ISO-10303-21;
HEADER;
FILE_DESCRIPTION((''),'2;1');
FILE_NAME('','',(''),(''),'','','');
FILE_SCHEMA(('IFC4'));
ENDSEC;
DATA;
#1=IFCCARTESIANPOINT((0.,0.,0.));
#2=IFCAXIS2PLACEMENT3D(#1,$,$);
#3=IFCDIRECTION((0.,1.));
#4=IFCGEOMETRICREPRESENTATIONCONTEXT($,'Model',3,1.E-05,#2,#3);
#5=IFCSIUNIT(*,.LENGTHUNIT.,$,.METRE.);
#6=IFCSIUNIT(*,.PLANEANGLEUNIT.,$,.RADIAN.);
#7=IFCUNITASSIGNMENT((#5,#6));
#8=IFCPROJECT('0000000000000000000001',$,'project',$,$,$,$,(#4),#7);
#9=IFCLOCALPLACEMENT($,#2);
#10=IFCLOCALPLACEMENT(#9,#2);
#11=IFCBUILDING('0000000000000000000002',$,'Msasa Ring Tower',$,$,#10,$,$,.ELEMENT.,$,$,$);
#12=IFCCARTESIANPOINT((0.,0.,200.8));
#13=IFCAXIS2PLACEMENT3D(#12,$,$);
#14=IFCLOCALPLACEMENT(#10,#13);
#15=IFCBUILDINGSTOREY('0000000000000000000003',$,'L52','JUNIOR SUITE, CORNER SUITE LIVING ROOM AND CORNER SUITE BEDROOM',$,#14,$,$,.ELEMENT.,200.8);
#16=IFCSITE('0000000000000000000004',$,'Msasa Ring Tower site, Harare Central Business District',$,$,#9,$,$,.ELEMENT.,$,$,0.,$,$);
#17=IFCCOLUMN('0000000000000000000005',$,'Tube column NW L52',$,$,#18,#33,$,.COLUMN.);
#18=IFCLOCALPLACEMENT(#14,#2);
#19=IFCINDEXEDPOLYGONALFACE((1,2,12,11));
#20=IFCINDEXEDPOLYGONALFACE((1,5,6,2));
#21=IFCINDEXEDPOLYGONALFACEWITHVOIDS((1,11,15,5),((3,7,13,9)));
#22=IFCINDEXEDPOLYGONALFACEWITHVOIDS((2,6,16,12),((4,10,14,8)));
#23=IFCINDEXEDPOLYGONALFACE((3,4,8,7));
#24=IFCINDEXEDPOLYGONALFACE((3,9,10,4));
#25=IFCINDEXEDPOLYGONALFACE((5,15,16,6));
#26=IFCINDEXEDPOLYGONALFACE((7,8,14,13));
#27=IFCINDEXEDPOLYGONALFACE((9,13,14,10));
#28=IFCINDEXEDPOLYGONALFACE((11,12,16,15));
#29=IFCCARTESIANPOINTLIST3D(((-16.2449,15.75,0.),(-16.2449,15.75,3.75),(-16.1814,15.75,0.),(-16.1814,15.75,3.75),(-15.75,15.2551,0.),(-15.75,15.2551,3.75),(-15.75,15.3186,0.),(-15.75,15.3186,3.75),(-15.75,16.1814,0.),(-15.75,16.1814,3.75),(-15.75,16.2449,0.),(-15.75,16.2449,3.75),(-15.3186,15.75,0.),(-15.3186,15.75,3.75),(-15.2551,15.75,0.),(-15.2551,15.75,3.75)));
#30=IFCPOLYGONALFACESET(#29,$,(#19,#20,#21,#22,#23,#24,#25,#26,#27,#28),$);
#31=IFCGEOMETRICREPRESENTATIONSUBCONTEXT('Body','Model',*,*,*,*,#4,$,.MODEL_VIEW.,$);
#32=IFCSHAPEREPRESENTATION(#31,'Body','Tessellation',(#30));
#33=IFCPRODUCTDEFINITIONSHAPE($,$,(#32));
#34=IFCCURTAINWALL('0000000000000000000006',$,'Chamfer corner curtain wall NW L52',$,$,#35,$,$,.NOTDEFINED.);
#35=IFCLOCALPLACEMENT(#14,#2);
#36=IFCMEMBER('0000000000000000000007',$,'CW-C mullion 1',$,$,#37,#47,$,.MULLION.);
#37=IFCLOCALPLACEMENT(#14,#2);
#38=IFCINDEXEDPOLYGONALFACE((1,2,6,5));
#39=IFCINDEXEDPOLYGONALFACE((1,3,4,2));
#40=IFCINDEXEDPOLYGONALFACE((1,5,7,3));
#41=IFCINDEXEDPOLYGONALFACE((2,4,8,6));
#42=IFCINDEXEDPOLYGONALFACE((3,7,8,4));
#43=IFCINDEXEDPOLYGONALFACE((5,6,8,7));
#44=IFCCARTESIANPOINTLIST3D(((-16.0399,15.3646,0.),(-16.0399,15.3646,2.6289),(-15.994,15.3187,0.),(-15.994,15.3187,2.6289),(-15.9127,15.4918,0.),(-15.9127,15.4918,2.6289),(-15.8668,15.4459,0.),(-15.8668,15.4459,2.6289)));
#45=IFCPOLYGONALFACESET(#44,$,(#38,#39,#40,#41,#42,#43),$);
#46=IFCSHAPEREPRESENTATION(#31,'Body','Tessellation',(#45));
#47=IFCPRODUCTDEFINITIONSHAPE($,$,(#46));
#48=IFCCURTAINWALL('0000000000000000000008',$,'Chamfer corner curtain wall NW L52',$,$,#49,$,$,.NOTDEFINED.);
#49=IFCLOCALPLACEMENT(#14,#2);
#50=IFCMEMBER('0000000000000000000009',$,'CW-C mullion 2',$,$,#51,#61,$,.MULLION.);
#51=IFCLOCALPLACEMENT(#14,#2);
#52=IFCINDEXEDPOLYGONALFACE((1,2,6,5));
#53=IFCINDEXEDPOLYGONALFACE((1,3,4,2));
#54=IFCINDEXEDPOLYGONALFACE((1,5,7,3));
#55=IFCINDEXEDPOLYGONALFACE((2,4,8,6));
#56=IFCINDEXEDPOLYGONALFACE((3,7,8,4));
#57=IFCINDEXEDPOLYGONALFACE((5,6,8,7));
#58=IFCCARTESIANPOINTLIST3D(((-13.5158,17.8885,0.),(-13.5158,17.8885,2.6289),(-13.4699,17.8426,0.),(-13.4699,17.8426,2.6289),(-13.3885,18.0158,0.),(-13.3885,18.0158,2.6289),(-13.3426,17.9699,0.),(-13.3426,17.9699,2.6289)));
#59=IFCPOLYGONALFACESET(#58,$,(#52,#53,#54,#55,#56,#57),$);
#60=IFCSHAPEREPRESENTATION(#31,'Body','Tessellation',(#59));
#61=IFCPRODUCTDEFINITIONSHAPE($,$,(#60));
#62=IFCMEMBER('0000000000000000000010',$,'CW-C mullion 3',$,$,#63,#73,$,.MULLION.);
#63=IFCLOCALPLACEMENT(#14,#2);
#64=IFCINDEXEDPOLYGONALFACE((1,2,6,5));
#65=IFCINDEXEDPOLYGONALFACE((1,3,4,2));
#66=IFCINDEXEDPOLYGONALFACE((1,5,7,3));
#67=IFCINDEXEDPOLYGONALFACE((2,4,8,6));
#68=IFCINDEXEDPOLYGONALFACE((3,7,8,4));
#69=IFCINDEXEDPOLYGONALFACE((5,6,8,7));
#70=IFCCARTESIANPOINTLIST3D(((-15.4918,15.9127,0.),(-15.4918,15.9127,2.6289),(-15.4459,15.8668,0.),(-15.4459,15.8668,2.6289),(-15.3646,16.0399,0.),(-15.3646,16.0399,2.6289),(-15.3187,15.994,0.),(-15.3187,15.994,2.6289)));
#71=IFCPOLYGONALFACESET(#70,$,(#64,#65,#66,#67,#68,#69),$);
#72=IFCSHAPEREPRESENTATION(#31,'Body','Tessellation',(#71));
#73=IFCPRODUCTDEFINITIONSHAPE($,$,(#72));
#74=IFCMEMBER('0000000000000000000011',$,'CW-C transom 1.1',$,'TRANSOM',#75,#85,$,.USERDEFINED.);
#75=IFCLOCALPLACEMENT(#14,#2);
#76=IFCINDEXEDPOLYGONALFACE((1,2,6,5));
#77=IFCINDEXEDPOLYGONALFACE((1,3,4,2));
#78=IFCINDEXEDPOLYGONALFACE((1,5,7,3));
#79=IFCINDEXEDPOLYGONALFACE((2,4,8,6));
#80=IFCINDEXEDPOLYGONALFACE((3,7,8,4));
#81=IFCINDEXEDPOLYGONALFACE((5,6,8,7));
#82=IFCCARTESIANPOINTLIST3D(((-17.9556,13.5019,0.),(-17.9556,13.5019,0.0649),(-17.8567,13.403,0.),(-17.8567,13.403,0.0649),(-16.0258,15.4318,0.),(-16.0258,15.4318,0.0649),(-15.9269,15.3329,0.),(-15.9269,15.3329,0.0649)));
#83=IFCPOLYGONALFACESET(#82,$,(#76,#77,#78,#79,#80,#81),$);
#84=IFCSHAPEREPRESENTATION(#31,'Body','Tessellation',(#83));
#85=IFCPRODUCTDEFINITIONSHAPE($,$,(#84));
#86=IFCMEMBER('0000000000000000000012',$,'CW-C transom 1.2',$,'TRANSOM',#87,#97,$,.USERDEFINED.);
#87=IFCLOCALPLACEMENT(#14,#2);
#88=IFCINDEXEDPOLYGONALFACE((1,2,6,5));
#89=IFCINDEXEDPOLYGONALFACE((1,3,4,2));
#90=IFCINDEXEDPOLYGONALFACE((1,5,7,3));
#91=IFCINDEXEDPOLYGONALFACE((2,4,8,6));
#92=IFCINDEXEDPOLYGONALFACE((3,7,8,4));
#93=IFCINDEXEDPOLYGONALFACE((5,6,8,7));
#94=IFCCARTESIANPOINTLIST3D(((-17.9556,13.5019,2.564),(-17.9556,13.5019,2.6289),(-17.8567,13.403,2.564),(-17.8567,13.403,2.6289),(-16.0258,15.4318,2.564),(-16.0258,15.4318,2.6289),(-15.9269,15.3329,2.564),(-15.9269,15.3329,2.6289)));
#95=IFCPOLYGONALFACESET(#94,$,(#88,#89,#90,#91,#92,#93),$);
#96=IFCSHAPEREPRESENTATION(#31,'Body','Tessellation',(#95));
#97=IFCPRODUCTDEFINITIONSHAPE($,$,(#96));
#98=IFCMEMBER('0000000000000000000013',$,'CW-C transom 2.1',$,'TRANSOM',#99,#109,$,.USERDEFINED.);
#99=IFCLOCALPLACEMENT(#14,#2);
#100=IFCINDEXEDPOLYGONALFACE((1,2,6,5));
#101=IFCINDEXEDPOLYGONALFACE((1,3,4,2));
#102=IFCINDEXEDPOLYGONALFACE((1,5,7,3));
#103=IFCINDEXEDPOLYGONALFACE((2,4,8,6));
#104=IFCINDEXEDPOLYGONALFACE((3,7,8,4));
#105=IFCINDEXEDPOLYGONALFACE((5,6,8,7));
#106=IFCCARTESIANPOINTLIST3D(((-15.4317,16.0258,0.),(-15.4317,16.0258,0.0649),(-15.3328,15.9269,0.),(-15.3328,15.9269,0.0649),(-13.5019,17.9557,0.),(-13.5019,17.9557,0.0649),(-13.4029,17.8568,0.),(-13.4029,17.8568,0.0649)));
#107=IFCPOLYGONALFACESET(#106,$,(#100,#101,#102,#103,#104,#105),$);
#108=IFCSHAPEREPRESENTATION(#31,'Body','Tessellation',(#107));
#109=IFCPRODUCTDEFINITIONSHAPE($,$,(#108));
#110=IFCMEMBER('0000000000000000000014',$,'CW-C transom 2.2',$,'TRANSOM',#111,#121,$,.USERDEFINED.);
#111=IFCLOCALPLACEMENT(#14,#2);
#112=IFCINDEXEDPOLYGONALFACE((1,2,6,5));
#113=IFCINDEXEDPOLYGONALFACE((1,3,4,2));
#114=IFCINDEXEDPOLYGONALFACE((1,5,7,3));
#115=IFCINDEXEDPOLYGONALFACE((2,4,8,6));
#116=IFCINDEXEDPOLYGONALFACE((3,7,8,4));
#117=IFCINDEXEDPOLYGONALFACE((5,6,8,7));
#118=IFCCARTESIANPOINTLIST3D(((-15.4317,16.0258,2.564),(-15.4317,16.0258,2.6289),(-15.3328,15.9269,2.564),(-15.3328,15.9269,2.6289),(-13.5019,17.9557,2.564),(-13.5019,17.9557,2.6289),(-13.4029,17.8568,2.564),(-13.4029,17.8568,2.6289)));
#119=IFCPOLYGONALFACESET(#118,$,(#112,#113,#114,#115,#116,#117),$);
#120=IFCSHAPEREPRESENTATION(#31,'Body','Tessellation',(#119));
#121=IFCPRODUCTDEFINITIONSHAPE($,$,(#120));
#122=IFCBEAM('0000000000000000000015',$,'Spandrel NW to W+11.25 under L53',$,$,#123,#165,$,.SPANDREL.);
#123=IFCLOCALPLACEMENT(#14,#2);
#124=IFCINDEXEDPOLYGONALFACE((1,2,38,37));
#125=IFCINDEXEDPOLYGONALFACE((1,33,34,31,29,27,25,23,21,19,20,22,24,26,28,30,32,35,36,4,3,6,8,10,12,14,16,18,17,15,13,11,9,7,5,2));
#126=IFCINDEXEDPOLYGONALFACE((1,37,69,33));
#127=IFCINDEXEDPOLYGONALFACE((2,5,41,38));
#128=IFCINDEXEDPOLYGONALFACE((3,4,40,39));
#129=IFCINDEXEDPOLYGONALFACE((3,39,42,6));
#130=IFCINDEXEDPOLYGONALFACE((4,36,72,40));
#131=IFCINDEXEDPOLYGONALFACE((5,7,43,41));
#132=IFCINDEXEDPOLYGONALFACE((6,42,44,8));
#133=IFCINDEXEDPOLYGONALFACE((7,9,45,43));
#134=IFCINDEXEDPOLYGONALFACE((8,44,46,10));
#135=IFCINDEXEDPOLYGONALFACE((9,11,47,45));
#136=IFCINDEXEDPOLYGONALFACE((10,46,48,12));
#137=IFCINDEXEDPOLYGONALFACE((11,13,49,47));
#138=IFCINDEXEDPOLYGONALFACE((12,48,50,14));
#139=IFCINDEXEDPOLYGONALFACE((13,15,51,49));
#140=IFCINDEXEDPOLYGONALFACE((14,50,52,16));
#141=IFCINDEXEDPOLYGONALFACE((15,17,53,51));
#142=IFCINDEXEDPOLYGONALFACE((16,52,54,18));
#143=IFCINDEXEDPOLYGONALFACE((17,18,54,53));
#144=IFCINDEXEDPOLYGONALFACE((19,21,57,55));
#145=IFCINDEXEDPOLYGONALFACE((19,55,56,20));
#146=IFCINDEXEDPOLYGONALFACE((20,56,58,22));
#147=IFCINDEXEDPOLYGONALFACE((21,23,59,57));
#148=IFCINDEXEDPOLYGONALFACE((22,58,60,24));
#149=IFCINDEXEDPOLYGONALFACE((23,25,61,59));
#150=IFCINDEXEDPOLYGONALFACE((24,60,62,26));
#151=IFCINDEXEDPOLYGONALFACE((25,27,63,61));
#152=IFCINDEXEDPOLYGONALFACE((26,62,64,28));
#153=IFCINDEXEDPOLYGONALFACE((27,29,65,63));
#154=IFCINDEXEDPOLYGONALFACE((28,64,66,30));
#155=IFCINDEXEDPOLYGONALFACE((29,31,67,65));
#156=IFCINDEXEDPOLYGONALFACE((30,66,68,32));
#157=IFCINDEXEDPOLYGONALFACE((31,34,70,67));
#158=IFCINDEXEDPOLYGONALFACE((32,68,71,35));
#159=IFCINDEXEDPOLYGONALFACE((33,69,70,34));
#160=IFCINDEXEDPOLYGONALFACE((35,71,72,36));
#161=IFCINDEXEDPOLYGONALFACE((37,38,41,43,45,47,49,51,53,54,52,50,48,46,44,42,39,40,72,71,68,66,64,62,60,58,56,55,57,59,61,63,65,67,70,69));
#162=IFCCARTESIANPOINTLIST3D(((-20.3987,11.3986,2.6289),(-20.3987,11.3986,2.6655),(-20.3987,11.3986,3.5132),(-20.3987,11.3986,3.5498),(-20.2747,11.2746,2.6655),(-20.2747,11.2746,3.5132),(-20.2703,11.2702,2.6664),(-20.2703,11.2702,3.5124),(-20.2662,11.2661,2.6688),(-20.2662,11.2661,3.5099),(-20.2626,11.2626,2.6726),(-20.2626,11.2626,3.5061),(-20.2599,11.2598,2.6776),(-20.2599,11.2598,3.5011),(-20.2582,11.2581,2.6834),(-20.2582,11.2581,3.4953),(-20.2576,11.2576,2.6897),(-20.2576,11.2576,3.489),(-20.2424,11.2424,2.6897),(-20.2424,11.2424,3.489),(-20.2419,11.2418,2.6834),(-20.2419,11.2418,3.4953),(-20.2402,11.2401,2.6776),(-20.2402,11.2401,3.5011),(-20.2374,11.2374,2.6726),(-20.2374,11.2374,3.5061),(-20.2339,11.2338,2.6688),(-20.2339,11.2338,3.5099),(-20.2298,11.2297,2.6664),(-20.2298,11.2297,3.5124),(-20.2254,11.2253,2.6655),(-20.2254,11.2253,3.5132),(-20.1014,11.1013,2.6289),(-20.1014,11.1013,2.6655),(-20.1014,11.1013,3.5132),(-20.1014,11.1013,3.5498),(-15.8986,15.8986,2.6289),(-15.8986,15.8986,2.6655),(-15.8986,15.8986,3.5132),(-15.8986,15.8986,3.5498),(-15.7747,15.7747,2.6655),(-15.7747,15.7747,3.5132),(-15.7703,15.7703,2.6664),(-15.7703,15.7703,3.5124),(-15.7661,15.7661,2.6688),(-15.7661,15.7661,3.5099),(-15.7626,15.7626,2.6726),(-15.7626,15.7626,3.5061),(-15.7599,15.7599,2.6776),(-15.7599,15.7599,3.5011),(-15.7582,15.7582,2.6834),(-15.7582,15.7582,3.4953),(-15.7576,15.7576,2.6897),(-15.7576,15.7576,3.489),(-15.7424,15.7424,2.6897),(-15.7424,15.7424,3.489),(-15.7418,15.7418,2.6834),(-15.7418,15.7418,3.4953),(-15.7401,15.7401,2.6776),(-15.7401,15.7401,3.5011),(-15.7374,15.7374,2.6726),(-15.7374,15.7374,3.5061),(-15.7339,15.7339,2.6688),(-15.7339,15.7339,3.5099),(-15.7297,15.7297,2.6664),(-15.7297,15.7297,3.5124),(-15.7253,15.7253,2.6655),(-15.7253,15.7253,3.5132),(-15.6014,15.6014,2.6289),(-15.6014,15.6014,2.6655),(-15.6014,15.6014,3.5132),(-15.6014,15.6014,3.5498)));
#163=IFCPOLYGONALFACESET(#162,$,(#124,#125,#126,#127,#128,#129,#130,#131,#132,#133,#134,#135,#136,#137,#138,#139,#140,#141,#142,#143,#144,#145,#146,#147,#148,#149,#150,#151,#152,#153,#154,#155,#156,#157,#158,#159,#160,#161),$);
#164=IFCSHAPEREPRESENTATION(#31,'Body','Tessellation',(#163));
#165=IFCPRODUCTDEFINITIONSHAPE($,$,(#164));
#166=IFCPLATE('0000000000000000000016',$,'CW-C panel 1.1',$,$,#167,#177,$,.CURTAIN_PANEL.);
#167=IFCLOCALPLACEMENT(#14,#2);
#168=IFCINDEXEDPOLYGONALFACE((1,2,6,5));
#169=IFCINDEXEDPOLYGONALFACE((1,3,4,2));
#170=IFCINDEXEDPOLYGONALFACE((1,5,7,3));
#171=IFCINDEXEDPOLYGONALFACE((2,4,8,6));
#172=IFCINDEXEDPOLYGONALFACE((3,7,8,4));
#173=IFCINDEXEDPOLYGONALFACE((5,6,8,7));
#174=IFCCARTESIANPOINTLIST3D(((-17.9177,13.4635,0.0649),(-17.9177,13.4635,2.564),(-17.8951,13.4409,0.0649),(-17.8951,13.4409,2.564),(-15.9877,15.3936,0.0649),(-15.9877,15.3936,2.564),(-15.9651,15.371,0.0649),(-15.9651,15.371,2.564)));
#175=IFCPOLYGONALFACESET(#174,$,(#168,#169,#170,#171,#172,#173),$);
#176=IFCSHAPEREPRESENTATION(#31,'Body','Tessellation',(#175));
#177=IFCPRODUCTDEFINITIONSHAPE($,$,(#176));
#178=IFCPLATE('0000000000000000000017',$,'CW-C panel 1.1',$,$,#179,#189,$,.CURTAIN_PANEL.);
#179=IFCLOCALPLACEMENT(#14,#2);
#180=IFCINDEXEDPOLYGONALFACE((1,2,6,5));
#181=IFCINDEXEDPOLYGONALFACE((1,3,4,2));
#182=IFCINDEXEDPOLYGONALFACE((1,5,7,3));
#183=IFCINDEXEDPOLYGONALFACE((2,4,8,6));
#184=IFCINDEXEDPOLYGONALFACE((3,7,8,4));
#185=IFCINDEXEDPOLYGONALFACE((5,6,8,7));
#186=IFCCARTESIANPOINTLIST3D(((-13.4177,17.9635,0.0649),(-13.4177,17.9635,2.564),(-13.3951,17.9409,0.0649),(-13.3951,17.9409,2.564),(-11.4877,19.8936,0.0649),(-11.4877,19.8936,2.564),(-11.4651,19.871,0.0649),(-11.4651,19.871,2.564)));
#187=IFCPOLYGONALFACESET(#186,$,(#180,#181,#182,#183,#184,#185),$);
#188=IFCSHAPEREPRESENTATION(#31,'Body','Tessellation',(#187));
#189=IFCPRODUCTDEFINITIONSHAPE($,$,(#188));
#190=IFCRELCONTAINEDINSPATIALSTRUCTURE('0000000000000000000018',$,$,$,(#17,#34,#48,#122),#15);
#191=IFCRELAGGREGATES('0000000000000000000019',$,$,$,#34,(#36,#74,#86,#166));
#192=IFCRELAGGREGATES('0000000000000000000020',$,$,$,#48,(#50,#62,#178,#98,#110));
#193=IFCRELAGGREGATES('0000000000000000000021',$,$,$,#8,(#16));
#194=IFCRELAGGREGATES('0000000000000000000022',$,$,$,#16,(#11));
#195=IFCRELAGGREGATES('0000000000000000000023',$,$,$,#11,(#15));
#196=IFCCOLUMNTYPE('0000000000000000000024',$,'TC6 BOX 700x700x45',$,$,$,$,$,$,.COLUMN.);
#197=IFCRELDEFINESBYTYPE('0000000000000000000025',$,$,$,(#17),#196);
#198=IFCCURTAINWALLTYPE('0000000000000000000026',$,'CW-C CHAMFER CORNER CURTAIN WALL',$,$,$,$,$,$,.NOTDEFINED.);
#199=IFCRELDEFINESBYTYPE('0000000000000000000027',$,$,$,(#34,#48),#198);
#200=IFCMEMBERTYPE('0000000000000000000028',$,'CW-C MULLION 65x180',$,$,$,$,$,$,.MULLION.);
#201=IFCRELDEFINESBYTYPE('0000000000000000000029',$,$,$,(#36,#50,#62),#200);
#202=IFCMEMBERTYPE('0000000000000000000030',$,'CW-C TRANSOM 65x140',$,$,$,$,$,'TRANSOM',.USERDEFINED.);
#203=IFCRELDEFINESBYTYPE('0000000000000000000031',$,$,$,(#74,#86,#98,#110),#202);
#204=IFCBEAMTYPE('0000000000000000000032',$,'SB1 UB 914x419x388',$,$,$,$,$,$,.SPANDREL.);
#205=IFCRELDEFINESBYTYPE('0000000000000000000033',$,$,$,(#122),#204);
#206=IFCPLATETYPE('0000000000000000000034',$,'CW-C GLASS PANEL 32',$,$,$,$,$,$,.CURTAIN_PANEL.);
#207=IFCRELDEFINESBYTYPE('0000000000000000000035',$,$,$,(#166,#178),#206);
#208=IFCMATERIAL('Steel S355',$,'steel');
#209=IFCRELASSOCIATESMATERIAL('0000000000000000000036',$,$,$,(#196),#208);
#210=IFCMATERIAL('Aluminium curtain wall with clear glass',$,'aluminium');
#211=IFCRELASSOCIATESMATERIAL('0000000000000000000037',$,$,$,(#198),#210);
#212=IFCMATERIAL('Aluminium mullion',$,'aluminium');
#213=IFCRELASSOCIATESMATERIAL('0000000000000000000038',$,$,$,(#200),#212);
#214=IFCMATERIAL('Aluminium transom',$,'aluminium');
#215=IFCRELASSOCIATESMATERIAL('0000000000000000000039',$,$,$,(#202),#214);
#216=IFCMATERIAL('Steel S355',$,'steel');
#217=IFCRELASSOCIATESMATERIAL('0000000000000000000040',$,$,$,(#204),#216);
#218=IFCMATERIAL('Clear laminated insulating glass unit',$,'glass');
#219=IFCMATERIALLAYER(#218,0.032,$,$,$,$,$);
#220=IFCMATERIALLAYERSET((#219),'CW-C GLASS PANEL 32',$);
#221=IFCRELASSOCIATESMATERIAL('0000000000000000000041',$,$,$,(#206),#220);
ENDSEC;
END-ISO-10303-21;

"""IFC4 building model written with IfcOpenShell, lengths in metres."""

from ifc_helpers import new_model, si_unit, direction, frame, origin, origin_2d, place, context, subcontext, project, spatial, rectangle, hollow_rectangle, i_section, extrude, material, layer, layer_set, material_profile, profile_set, type_object, element, aggregate, save


model = new_model("IFC4")

# Units and contexts
model_context = context("Model", 3, precision=1e-05, world=origin(), true_north=direction((0.0, 1.0)))
body_context = subcontext(model_context, "Body", "Model", "MODEL_VIEW")
ifc_project = project(units=[si_unit("LENGTHUNIT", "METRE"), si_unit("PLANEANGLEUNIT", "RADIAN")], contexts=[model_context])

# Site, building, storey
site_placement = place(None, origin())
site = spatial("IfcSite", under=ifc_project, at=site_placement, Name="Msasa Ring Tower site, Harare Central Business District", CompositionType="ELEMENT", RefElevation=0.0)
building_placement = place(site_placement, origin())
building = spatial("IfcBuilding", under=site, at=building_placement, Name="Msasa Ring Tower", CompositionType="ELEMENT")
storey_placement = place(building_placement, frame((0.0, 0.0, 200.8)))
storey = spatial("IfcBuildingStorey", under=building, at=storey_placement, Name="L52", Description="JUNIOR SUITE, CORNER SUITE LIVING ROOM AND CORNER SUITE BEDROOM", CompositionType="ELEMENT", Elevation=200.8)

# Column
ifc_material_1 = material(Name="Steel S355", Category="steel")
ifc_material_profile_1 = material_profile(ifc_material_1, hollow_rectangle(XDim=0.7, YDim=0.7, WallThickness=0.0449, at=origin_2d()), Name="BOX 700x700x45")
ifc_profile_set_1 = profile_set([ifc_material_profile_1], Name="Steel S355")
column_type = type_object("IfcColumnType", Name="TC6 BOX 700x700x45", PredefinedType="COLUMN", material=ifc_profile_set_1)
column_placement = place(storey_placement, frame((-15.75, 15.75, 0.0), z_axis=(0.0, 0.0, 1.0), x_axis=(0.707107, -0.707107, 0.0)))
element("IfcColumn", 1, at=column_placement, inside=storey, type_object=column_type, Name="Tube column NW L52", PredefinedType="COLUMN", context=body_context, shape_type="SweptSolid", body=[
    extrude(hollow_rectangle(XDim=0.7, YDim=0.7, WallThickness=0.0449, at=origin_2d()), origin(), (0.0, 0.0, 1.0), 3.75),
])

# Curtain wall, member
ifc_material_2 = material(Name="Aluminium curtain wall with clear glass", Category="aluminium")
curtain_wall_type = type_object("IfcCurtainWallType", Name="CW-C CHAMFER CORNER CURTAIN WALL", PredefinedType="NOTDEFINED", material=ifc_material_2)
curtain_wall_1_placement = place(storey_placement, origin())
curtain_wall_1 = element("IfcCurtainWall", 2, at=curtain_wall_1_placement, inside=storey, type_object=curtain_wall_type, Name="Chamfer corner curtain wall NW L52", PredefinedType="NOTDEFINED")
ifc_material_3 = material(Name="Aluminium mullion", Category="aluminium")
ifc_material_profile_2 = material_profile(ifc_material_3, rectangle(XDim=0.0649, YDim=0.1799, at=origin_2d()), Name="AL 65x180")
ifc_profile_set_2 = profile_set([ifc_material_profile_2], Name="Aluminium mullion")
member_type_1 = type_object("IfcMemberType", Name="CW-C MULLION 65x180", PredefinedType="MULLION", material=ifc_profile_set_2)
member_1_placement = place(storey_placement, frame((-15.9534, 15.4053, 0.0), z_axis=(0.0, 0.0, 1.0), x_axis=(0.707107, -0.707107, 0.0)))
member_1 = element("IfcMember", 3, at=member_1_placement, type_object=member_type_1, Name="CW-C mullion 1", PredefinedType="MULLION", context=body_context, shape_type="SweptSolid", body=[
    extrude(rectangle(XDim=0.0649, YDim=0.1799, at=origin_2d()), origin(), (0.0, 0.0, 1.0), 2.6289),
])

# Curtain wall, members
curtain_wall_2_placement = place(storey_placement, origin())
curtain_wall_2 = element("IfcCurtainWall", 4, at=curtain_wall_2_placement, inside=storey, type_object=curtain_wall_type, Name="Chamfer corner curtain wall NW L52", PredefinedType="NOTDEFINED")
member_2_placement = place(storey_placement, frame((-13.4292, 17.9292, 0.0), z_axis=(0.0, 0.0, 1.0), x_axis=(0.707107, -0.707107, 0.0)))
member_2 = element("IfcMember", 5, at=member_2_placement, type_object=member_type_1, Name="CW-C mullion 2", PredefinedType="MULLION", context=body_context, shape_type="SweptSolid", body=[
    extrude(rectangle(XDim=0.0649, YDim=0.1799, at=origin_2d()), origin(), (0.0, 0.0, 1.0), 2.6289),
])
member_3_placement = place(storey_placement, frame((-15.4053, 15.9534, 0.0), z_axis=(0.0, 0.0, 1.0), x_axis=(0.707107, -0.707107, 0.0)))
member_3 = element("IfcMember", 6, at=member_3_placement, type_object=member_type_1, Name="CW-C mullion 3", PredefinedType="MULLION", context=body_context, shape_type="SweptSolid", body=[
    extrude(rectangle(XDim=0.0649, YDim=0.1799, at=origin_2d()), origin(), (0.0, 0.0, 1.0), 2.6289),
])

# Members
ifc_material_4 = material(Name="Aluminium transom", Category="aluminium")
ifc_material_profile_3 = material_profile(ifc_material_4, rectangle(XDim=0.1399, YDim=0.0649, at=origin_2d()), Name="AL 65x140")
ifc_profile_set_3 = profile_set([ifc_material_profile_3], Name="Aluminium transom")
member_type_2 = type_object("IfcMemberType", Name="CW-C TRANSOM 65x140", ElementType="TRANSOM", PredefinedType="USERDEFINED", material=ifc_profile_set_3)
member_4_placement = place(storey_placement, frame((-15.9763, 15.3823, 0.0325), z_axis=(-0.707107, -0.707107, 0.0), x_axis=(0.707107, -0.707107, 0.0)))
member_4 = element("IfcMember", 7, at=member_4_placement, type_object=member_type_2, Name="CW-C transom 1.1", ObjectType="TRANSOM", PredefinedType="USERDEFINED", context=body_context, shape_type="SweptSolid", body=[
    extrude(rectangle(XDim=0.1399, YDim=0.0649, at=origin_2d()), origin(), (0.0, 0.0, 1.0), 2.7292),
])
member_5_placement = place(storey_placement, frame((-15.9763, 15.3823, 2.5964), z_axis=(-0.707107, -0.707107, 0.0), x_axis=(0.707107, -0.707107, 0.0)))
member_5 = element("IfcMember", 8, at=member_5_placement, type_object=member_type_2, Name="CW-C transom 1.2", ObjectType="TRANSOM", PredefinedType="USERDEFINED", context=body_context, shape_type="SweptSolid", body=[
    extrude(rectangle(XDim=0.1399, YDim=0.0649, at=origin_2d()), origin(), (0.0, 0.0, 1.0), 2.7292),
])
member_6_placement = place(storey_placement, frame((-13.4524, 17.9062, 0.0325), z_axis=(-0.707107, -0.707107, 0.0), x_axis=(0.707107, -0.707107, 0.0)))
member_6 = element("IfcMember", 9, at=member_6_placement, type_object=member_type_2, Name="CW-C transom 2.1", ObjectType="TRANSOM", PredefinedType="USERDEFINED", context=body_context, shape_type="SweptSolid", body=[
    extrude(rectangle(XDim=0.1399, YDim=0.0649, at=origin_2d()), origin(), (0.0, 0.0, 1.0), 2.7292),
])
member_7_placement = place(storey_placement, frame((-13.4524, 17.9062, 2.5964), z_axis=(-0.707107, -0.707107, 0.0), x_axis=(0.707107, -0.707107, 0.0)))
member_7 = element("IfcMember", 10, at=member_7_placement, type_object=member_type_2, Name="CW-C transom 2.2", ObjectType="TRANSOM", PredefinedType="USERDEFINED", context=body_context, shape_type="SweptSolid", body=[
    extrude(rectangle(XDim=0.1399, YDim=0.0649, at=origin_2d()), origin(), (0.0, 0.0, 1.0), 2.7292),
])

# Beam
ifc_material_5 = material(Name="Steel S355", Category="steel")
ifc_material_profile_4 = material_profile(ifc_material_5, i_section(OverallWidth=0.4204, OverallDepth=0.9209, WebThickness=0.0215, FlangeThickness=0.0366, FilletRadius=0.0242, at=origin_2d()), Name="UB 914x419x388")
ifc_profile_set_4 = profile_set([ifc_material_profile_4], Name="Steel S355")
beam_type = type_object("IfcBeamType", Name="SB1 UB 914x419x388", PredefinedType="SPANDREL", material=ifc_profile_set_4)
beam_placement = place(storey_placement, frame((-15.75, 15.75, 3.0894), z_axis=(-0.707107, -0.707107, 0.0), x_axis=(0.707107, -0.707107, 0.0)))
element("IfcBeam", 11, at=beam_placement, inside=storey, type_object=beam_type, Name="Spandrel NW to W+11.25 under L53", PredefinedType="SPANDREL", context=body_context, shape_type="SweptSolid", body=[
    extrude(i_section(OverallWidth=0.4204, OverallDepth=0.9209, WebThickness=0.0215, FlangeThickness=0.0366, FilletRadius=0.0242, at=origin_2d()), origin(), (0.0, 0.0, 1.0), 6.364),
])

# Plates
ifc_material_6 = material(Name="Clear laminated insulating glass unit", Category="glass")
ifc_layer = layer(ifc_material_6, 0.032)
ifc_layer_set = layer_set([ifc_layer], Name="CW-C GLASS PANEL 32")
plate_type = type_object("IfcPlateType", Name="CW-C GLASS PANEL 32", PredefinedType="CURTAIN_PANEL", material=ifc_layer_set)
plate_1_placement = place(storey_placement, frame((-16.9414, 14.4172, 0.0649), z_axis=(0.0, 0.0, 1.0), x_axis=(-0.707107, -0.707107, 0.0)))
plate_1 = element("IfcPlate", 12, at=plate_1_placement, type_object=plate_type, Name="CW-C panel 1.1", PredefinedType="CURTAIN_PANEL", context=body_context, shape_type="SweptSolid", body=[
    extrude(rectangle(XDim=2.7295, YDim=0.032, at=origin_2d()), origin(), (0.0, 0.0, 1.0), 2.499),
])
aggregate(curtain_wall_1, [member_1, member_4, member_5, plate_1])
plate_2_placement = place(storey_placement, frame((-12.4414, 18.9172, 0.0649), z_axis=(0.0, 0.0, 1.0), x_axis=(-0.707107, -0.707107, 0.0)))
plate_2 = element("IfcPlate", 13, at=plate_2_placement, type_object=plate_type, Name="CW-C panel 1.1", PredefinedType="CURTAIN_PANEL", context=body_context, shape_type="SweptSolid", body=[
    extrude(rectangle(XDim=2.7295, YDim=0.032, at=origin_2d()), origin(), (0.0, 0.0, 1.0), 2.499),
])
aggregate(curtain_wall_2, [member_2, member_3, plate_2, member_6, member_7])

save(model, "model.ifc")
